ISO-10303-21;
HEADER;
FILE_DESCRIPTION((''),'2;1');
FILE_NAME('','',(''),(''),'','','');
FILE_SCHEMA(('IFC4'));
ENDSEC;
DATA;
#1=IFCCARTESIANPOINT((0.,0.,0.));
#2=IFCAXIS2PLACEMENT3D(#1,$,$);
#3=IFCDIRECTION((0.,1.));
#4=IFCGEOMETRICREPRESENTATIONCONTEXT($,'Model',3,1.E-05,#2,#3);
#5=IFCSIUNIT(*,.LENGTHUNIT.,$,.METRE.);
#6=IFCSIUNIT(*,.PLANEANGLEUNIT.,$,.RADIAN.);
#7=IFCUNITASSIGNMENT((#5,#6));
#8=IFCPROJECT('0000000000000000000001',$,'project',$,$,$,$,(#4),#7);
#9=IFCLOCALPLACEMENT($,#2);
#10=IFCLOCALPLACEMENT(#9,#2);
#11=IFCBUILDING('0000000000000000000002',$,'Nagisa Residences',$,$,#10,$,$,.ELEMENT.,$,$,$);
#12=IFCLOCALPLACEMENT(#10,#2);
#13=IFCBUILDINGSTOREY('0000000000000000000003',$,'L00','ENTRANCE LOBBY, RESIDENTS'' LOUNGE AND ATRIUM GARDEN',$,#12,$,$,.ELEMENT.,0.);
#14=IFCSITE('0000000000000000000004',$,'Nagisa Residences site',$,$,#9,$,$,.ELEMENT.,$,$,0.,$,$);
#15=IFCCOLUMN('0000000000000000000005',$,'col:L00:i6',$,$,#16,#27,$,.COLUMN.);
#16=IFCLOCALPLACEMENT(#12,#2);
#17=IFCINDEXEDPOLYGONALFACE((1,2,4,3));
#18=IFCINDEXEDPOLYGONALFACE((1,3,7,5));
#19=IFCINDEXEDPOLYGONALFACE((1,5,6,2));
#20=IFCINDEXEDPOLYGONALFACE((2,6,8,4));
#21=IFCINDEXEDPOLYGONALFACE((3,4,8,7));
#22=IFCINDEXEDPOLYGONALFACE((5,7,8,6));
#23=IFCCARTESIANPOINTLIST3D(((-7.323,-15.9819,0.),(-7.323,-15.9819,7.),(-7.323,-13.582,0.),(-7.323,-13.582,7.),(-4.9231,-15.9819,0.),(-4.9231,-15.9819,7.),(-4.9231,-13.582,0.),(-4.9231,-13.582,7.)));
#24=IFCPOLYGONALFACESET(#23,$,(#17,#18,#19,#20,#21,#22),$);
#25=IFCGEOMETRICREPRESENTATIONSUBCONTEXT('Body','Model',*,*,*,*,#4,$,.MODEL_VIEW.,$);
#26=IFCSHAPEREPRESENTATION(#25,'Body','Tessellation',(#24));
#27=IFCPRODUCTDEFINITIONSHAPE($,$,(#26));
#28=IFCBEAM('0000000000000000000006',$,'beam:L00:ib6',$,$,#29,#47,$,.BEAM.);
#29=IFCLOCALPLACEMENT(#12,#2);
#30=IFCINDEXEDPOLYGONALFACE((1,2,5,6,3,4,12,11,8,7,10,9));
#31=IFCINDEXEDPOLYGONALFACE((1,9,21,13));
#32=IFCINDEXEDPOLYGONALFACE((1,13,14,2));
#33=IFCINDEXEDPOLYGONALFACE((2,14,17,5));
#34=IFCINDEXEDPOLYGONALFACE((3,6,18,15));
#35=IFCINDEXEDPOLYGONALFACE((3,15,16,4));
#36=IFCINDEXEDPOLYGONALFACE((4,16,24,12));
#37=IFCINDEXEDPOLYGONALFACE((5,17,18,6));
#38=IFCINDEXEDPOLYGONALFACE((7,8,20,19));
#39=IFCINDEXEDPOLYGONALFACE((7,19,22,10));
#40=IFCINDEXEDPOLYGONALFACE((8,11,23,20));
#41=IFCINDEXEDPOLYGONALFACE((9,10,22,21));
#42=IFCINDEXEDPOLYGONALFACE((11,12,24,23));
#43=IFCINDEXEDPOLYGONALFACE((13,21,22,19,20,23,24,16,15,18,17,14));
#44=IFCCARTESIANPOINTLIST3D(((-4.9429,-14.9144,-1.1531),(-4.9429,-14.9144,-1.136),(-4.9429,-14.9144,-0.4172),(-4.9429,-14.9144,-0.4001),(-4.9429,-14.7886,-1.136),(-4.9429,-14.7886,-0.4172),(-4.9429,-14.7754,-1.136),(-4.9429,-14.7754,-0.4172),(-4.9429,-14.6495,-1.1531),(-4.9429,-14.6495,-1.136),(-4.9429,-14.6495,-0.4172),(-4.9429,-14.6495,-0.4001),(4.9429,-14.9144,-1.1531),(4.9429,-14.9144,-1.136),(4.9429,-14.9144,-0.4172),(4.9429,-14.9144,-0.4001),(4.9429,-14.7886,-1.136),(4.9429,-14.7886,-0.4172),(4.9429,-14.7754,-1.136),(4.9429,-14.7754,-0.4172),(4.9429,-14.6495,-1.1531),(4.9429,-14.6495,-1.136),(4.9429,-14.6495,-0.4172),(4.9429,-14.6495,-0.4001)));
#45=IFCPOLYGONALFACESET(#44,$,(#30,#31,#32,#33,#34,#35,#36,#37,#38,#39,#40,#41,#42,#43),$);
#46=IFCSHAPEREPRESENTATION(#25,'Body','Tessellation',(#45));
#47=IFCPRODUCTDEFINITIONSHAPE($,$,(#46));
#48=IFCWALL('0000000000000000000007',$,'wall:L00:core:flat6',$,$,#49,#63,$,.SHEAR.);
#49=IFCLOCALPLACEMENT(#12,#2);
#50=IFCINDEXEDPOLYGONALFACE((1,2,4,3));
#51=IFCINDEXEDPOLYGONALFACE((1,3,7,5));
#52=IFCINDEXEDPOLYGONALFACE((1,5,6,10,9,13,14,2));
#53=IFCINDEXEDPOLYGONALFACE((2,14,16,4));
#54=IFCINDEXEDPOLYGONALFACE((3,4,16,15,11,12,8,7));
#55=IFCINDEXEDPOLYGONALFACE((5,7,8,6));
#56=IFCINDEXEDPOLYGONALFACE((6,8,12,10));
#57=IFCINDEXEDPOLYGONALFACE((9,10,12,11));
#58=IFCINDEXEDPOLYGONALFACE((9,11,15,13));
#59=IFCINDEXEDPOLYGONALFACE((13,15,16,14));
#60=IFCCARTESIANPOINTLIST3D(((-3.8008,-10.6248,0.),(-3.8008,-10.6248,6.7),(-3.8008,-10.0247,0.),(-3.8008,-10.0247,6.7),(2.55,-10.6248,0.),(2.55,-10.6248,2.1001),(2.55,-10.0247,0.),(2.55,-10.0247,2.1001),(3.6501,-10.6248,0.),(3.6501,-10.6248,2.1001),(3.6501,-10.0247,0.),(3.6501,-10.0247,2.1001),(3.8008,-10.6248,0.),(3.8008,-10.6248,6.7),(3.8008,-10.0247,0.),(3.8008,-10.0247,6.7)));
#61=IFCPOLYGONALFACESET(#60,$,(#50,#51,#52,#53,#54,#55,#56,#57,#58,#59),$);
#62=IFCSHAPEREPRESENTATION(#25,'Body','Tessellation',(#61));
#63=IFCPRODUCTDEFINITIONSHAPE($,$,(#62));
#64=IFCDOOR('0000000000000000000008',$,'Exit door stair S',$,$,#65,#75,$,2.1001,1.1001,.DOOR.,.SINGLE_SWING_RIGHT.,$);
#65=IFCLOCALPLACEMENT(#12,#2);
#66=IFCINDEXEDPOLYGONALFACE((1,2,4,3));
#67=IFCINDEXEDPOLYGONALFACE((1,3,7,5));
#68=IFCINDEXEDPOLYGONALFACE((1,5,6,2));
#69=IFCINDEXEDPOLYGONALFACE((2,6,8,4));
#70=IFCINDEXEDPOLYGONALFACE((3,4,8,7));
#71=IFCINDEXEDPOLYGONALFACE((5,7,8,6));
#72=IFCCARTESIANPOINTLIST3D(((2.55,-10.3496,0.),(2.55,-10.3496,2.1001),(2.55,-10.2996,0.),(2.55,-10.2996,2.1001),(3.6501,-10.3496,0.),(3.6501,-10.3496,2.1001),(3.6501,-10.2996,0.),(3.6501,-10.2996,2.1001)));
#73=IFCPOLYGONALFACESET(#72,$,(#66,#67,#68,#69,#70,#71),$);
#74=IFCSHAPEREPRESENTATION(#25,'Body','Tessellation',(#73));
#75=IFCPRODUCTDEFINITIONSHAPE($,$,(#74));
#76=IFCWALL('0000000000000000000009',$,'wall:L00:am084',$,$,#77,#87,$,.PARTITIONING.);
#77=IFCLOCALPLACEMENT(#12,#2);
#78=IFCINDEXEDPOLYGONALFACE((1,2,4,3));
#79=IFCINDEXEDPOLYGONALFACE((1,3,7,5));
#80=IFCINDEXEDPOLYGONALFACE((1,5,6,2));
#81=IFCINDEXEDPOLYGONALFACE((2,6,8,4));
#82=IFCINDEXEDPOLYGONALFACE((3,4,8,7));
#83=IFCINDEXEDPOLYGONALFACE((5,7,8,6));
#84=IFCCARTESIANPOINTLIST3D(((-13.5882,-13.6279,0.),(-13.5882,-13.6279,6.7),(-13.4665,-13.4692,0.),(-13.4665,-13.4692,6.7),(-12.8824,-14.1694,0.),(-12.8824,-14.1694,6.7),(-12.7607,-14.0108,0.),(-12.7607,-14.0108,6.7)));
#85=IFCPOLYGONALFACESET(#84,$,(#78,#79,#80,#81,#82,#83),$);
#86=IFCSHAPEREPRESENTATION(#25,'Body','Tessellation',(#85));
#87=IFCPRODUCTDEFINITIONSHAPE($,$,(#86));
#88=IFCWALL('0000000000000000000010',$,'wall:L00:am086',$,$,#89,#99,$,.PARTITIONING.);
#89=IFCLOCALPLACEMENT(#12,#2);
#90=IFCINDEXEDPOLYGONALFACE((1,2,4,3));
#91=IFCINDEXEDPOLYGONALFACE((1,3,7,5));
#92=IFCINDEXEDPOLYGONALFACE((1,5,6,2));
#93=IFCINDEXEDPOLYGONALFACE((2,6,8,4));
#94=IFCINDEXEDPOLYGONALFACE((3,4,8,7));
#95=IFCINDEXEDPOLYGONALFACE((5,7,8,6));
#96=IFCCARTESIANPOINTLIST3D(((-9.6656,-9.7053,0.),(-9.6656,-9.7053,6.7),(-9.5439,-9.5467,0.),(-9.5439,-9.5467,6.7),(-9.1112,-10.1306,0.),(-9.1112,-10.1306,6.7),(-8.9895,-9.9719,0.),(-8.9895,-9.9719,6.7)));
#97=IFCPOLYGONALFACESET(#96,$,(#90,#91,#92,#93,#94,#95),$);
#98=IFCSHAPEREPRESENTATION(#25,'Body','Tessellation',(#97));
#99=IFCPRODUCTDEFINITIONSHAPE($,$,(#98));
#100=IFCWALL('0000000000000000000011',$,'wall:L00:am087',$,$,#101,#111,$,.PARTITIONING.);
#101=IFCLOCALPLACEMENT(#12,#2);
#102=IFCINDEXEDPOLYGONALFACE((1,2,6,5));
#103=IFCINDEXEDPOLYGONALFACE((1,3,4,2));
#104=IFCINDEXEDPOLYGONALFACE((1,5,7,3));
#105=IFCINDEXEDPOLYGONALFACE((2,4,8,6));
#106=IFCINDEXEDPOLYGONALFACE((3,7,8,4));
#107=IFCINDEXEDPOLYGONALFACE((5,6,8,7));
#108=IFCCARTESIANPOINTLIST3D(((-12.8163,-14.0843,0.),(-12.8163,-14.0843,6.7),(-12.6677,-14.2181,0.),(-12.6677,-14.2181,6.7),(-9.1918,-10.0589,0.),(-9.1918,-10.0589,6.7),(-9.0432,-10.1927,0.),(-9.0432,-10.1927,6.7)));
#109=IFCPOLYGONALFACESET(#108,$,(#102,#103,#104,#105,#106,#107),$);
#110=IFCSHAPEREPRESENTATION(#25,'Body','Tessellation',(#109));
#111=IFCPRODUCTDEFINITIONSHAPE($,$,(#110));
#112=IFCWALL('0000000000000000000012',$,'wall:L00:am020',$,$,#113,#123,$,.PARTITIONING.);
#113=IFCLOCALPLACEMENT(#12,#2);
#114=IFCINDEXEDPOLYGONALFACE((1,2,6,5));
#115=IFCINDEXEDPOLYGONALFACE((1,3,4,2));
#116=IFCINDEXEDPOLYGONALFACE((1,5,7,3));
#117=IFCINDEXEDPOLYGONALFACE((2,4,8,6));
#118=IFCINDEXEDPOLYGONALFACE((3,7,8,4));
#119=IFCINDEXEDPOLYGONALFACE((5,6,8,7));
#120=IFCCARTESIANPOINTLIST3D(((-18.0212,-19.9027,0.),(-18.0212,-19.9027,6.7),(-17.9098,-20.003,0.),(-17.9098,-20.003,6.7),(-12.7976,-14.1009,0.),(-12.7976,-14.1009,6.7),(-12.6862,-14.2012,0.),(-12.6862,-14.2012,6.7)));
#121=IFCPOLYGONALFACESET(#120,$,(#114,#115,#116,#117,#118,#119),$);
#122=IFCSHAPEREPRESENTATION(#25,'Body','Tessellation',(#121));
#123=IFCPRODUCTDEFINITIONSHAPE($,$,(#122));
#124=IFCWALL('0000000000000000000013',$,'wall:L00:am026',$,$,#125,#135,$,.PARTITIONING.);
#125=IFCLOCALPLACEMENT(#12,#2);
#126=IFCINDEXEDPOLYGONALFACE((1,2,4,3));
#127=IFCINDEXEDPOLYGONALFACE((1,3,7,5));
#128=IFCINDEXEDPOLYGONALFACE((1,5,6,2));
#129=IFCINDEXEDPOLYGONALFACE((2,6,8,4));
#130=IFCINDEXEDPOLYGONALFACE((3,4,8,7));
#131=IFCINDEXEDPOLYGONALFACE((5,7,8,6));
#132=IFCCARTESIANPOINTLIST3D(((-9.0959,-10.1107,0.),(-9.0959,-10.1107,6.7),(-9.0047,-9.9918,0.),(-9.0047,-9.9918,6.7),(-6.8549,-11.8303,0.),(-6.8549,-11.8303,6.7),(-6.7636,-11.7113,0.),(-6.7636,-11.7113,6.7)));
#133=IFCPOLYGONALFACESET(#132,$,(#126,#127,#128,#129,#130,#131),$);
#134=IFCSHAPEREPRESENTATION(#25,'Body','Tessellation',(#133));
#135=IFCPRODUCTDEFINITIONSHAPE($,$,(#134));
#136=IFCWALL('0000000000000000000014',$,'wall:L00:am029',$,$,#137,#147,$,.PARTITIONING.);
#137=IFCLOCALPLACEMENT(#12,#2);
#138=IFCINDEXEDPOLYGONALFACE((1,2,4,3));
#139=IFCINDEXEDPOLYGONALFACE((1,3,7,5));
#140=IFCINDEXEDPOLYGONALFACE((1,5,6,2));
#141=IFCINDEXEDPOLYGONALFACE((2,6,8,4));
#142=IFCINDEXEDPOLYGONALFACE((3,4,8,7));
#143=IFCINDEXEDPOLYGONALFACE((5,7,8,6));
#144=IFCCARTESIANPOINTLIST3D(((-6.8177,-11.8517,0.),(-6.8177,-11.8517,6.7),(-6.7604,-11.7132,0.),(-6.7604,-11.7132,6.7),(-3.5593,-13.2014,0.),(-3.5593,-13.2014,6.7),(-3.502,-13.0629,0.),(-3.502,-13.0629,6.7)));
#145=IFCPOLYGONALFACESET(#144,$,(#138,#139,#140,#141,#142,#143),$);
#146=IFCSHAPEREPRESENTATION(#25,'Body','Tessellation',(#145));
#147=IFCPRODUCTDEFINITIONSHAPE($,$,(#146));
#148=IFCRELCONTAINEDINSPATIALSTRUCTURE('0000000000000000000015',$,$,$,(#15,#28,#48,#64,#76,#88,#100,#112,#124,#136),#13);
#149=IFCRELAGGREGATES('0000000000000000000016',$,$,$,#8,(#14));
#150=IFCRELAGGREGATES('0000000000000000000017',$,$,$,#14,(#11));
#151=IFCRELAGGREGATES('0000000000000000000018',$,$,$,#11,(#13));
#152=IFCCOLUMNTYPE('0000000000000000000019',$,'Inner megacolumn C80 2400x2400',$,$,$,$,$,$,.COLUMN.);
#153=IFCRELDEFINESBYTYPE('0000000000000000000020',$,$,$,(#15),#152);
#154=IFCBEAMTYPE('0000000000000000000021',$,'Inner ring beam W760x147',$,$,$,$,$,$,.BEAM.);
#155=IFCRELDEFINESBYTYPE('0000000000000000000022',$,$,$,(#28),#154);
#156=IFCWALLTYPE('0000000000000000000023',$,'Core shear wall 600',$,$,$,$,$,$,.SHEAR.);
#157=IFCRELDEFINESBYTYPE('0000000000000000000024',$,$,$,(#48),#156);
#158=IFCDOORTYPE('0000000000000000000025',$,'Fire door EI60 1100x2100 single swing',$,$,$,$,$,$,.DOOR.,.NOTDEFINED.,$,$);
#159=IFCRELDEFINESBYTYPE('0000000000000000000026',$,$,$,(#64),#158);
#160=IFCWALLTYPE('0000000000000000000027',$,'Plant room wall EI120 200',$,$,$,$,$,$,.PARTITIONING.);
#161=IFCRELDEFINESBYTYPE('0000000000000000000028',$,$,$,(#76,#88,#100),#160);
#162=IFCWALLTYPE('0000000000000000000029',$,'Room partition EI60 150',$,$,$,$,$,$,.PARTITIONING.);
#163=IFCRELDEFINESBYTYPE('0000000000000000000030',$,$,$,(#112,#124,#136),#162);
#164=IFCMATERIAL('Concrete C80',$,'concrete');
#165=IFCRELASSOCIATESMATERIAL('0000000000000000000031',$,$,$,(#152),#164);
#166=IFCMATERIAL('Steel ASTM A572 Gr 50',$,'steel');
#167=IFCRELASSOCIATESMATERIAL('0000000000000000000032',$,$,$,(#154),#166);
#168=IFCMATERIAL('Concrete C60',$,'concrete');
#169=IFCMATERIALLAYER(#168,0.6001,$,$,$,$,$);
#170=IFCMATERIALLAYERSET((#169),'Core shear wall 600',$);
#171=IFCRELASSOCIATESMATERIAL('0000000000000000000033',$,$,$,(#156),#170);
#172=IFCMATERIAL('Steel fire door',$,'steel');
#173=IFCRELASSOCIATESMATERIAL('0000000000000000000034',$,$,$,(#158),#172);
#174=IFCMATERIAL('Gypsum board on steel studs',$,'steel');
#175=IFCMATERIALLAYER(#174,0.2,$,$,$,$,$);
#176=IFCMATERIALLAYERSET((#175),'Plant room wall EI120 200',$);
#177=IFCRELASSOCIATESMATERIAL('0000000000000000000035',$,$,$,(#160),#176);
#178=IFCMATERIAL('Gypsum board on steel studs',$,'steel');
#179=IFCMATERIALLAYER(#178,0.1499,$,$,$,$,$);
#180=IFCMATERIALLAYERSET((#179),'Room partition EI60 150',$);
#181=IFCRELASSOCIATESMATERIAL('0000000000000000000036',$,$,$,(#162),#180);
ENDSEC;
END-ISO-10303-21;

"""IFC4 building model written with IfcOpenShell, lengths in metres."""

from ifc_helpers import new_model, si_unit, direction, frame, frame_2d, origin, origin_2d, place, context, subcontext, project, spatial, rectangle, i_section, extrude, material, layer, layer_set, material_profile, profile_set, type_object, element, fill, save


model = new_model("IFC4")

# Units and contexts
model_context = context("Model", 3, precision=1e-05, world=origin(), true_north=direction((0.0, 1.0)))
body_context = subcontext(model_context, "Body", "Model", "MODEL_VIEW")
ifc_project = project(units=[si_unit("LENGTHUNIT", "METRE"), si_unit("PLANEANGLEUNIT", "RADIAN")], contexts=[model_context])

# Site, building, storey
site_placement = place(None, origin())
site = spatial("IfcSite", under=ifc_project, at=site_placement, Name="Nagisa Residences site", CompositionType="ELEMENT", RefElevation=0.0)
building_placement = place(site_placement, origin())
building = spatial("IfcBuilding", under=site, at=building_placement, Name="Nagisa Residences", CompositionType="ELEMENT")
storey_placement = place(building_placement, origin())
storey = spatial("IfcBuildingStorey", under=building, at=storey_placement, Name="L00", Description="ENTRANCE LOBBY, RESIDENTS' LOUNGE AND ATRIUM GARDEN", CompositionType="ELEMENT", Elevation=0.0)

# Column
ifc_material_1 = material(Name="Concrete C80", Category="concrete")
ifc_material_profile_1 = material_profile(ifc_material_1, rectangle(XDim=2.3999, YDim=2.3999, at=origin_2d()), Name="C80 2400x2400")
ifc_profile_set_1 = profile_set([ifc_material_profile_1], Name="Concrete C80")
column_type = type_object("IfcColumnType", Name="Inner megacolumn C80 2400x2400", PredefinedType="COLUMN", material=ifc_profile_set_1)
column_placement = place(storey_placement, frame((-6.123, -14.782, 0.0), z_axis=(0.0, 0.0, 1.0), x_axis=(1.0, 0.0, 0.0)))
element("IfcColumn", 1, at=column_placement, inside=storey, type_object=column_type, Name="col:L00:i6", PredefinedType="COLUMN", context=body_context, shape_type="SweptSolid", body=[
    extrude(rectangle(XDim=2.3999, YDim=2.3999, at=origin_2d()), origin(), (0.0, 0.0, 1.0), 7.0),
])

# Beam
ifc_material_2 = material(Name="Steel ASTM A572 Gr 50", Category="steel")
ifc_material_profile_2 = material_profile(ifc_material_2, i_section(OverallWidth=0.2649, OverallDepth=0.7529, WebThickness=0.0132, FlangeThickness=0.0171, at=origin_2d()), Name="W760x147")
ifc_profile_set_2 = profile_set([ifc_material_profile_2], Name="Steel ASTM A572 Gr 50")
beam_type = type_object("IfcBeamType", Name="Inner ring beam W760x147", PredefinedType="BEAM", material=ifc_profile_set_2)
beam_placement = place(storey_placement, frame((-4.9429, -14.782, -0.7766), z_axis=(1.0, 0.0, 0.0), x_axis=(0.0, 1.0, 0.0)))
element("IfcBeam", 2, at=beam_placement, inside=storey, type_object=beam_type, Name="beam:L00:ib6", PredefinedType="BEAM", context=body_context, shape_type="SweptSolid", body=[
    extrude(i_section(OverallWidth=0.2649, OverallDepth=0.7529, WebThickness=0.0132, FlangeThickness=0.0171, at=origin_2d()), origin(), (0.0, 0.0, 1.0), 9.8857),
])

# Wall, opening, door
ifc_material_3 = material(Name="Concrete C60", Category="concrete")
ifc_layer_1 = layer(ifc_material_3, 0.6001)
ifc_layer_set_1 = layer_set([ifc_layer_1], Name="Core shear wall 600")
wall_type_1 = type_object("IfcWallType", Name="Core shear wall 600", PredefinedType="SHEAR", material=ifc_layer_set_1)
wall_1_placement = place(storey_placement, frame((-3.8008, -10.3247, 0.0), z_axis=(0.0, 0.0, 1.0), x_axis=(1.0, 0.0, 0.0)))
wall_1 = element("IfcWall", 3, at=wall_1_placement, inside=storey, type_object=wall_type_1, Name="wall:L00:core:flat6", PredefinedType="SHEAR", context=body_context, shape_type="SweptSolid", body=[
    extrude(rectangle(XDim=7.6016, YDim=0.6001, at=frame_2d((3.8008, 0.0))), origin(), (0.0, 0.0, 1.0), 6.7),
])
opening_placement = place(wall_1_placement, frame((6.3508, 0.0, 0.0)))
opening = element("IfcOpeningElement", 4, at=opening_placement, cuts=wall_1, PredefinedType="OPENING", context=body_context, shape_type="SweptSolid", body=[
    extrude(rectangle(XDim=1.1001, YDim=2.1001, at=frame_2d((0.55, 1.05))), frame((0.0, 0.3101, 0.0), z_axis=(0.0, -1.0, 0.0), x_axis=(1.0, 0.0, 0.0)), (0.0, 0.0, 1.0), 0.6201),
])
ifc_material_4 = material(Name="Steel fire door", Category="steel")
door_type = type_object("IfcDoorType", Name="Fire door EI60 1100x2100 single swing", OperationType="NOTDEFINED", PredefinedType="DOOR", material=ifc_material_4)
door_placement = place(opening_placement, frame((1.1001, 0.0, 0.0), x_axis=(-1.0, 0.0, 0.0)))
door = element("IfcDoor", 5, at=door_placement, inside=storey, type_object=door_type, Name="Exit door stair S", OperationType="SINGLE_SWING_RIGHT", OverallHeight=2.1001, OverallWidth=1.1001, PredefinedType="DOOR", context=body_context, shape_type="SweptSolid", body=[
    extrude(rectangle(XDim=1.1001, YDim=2.1001, at=frame_2d((0.55, 1.05))), frame((0.0, 0.0249, 0.0), z_axis=(0.0, -1.0, 0.0), x_axis=(1.0, 0.0, 0.0)), (0.0, 0.0, 1.0), 0.05),
])
fill(opening, door)

# Walls
ifc_material_5 = material(Name="Gypsum board on steel studs", Category="steel")
ifc_layer_2 = layer(ifc_material_5, 0.2)
ifc_layer_set_2 = layer_set([ifc_layer_2], Name="Plant room wall EI120 200")
wall_type_2 = type_object("IfcWallType", Name="Plant room wall EI120 200", PredefinedType="PARTITIONING", material=ifc_layer_set_2)
wall_2_placement = place(storey_placement, frame((-12.8215, -14.0901, 0.0), z_axis=(0.0, 0.0, 1.0), x_axis=(-0.793399, 0.608702, 0.0)))
element("IfcWall", 6, at=wall_2_placement, inside=storey, type_object=wall_type_2, Name="wall:L00:am084", PredefinedType="PARTITIONING", context=body_context, shape_type="SweptSolid", body=[
    extrude(rectangle(XDim=0.8896, YDim=0.2, at=frame_2d((0.4448, 0.0))), origin(), (0.0, 0.0, 1.0), 6.7),
])
wall_3_placement = place(storey_placement, frame((-9.6047, -9.626, 0.0), z_axis=(0.0, 0.0, 1.0), x_axis=(0.793455, -0.60863, 0.0)))
element("IfcWall", 7, at=wall_3_placement, inside=storey, type_object=wall_type_2, Name="wall:L00:am086", PredefinedType="PARTITIONING", context=body_context, shape_type="SweptSolid", body=[
    extrude(rectangle(XDim=0.6987, YDim=0.2, at=frame_2d((0.3494, 0.0))), origin(), (0.0, 0.0, 1.0), 6.7),
])
wall_4_placement = place(storey_placement, frame((-9.1174, -10.1257, 0.0), z_axis=(0.0, 0.0, 1.0), x_axis=(-0.669134, -0.743142, 0.0)))
element("IfcWall", 8, at=wall_4_placement, inside=storey, type_object=wall_type_2, Name="wall:L00:am087", PredefinedType="PARTITIONING", context=body_context, shape_type="SweptSolid", body=[
    extrude(rectangle(XDim=5.4167, YDim=0.2, at=frame_2d((2.7085, 0.0))), origin(), (0.0, 0.0, 1.0), 6.7),
])
ifc_material_6 = material(Name="Gypsum board on steel studs", Category="steel")
ifc_layer_3 = layer(ifc_material_6, 0.1499)
ifc_layer_set_3 = layer_set([ifc_layer_3], Name="Room partition EI60 150")
wall_type_3 = type_object("IfcWallType", Name="Room partition EI60 150", PredefinedType="PARTITIONING", material=ifc_layer_set_3)
wall_5_placement = place(storey_placement, frame((-12.7419, -14.1511, 0.0), z_axis=(0.0, 0.0, 1.0), x_axis=(-0.66911, -0.743164, 0.0)))
element("IfcWall", 9, at=wall_5_placement, inside=storey, type_object=wall_type_3, Name="wall:L00:am020", PredefinedType="PARTITIONING", context=body_context, shape_type="SweptSolid", body=[
    extrude(rectangle(XDim=7.8069, YDim=0.1499, at=frame_2d((3.9033, 0.0))), origin(), (0.0, 0.0, 1.0), 6.7),
])
wall_6_placement = place(storey_placement, frame((-9.0503, -10.0513, 0.0), z_axis=(0.0, 0.0, 1.0), x_axis=(0.793366, -0.608745, 0.0)))
element("IfcWall", 10, at=wall_6_placement, inside=storey, type_object=wall_type_3, Name="wall:L00:am026", PredefinedType="PARTITIONING", context=body_context, shape_type="SweptSolid", body=[
    extrude(rectangle(XDim=2.8247, YDim=0.1499, at=frame_2d((1.4124, 0.0))), origin(), (0.0, 0.0, 1.0), 6.7),
])
wall_7_placement = place(storey_placement, frame((-6.7891, -11.7825, 0.0), z_axis=(0.0, 0.0, 1.0), x_axis=(0.923882, -0.382678, 0.0)))
element("IfcWall", 11, at=wall_7_placement, inside=storey, type_object=wall_type_3, Name="wall:L00:am029", PredefinedType="PARTITIONING", context=body_context, shape_type="SweptSolid", body=[
    extrude(rectangle(XDim=3.5269, YDim=0.1499, at=frame_2d((1.7634, 0.0))), origin(), (0.0, 0.0, 1.0), 6.7),
])

save(model, "model.ifc")
